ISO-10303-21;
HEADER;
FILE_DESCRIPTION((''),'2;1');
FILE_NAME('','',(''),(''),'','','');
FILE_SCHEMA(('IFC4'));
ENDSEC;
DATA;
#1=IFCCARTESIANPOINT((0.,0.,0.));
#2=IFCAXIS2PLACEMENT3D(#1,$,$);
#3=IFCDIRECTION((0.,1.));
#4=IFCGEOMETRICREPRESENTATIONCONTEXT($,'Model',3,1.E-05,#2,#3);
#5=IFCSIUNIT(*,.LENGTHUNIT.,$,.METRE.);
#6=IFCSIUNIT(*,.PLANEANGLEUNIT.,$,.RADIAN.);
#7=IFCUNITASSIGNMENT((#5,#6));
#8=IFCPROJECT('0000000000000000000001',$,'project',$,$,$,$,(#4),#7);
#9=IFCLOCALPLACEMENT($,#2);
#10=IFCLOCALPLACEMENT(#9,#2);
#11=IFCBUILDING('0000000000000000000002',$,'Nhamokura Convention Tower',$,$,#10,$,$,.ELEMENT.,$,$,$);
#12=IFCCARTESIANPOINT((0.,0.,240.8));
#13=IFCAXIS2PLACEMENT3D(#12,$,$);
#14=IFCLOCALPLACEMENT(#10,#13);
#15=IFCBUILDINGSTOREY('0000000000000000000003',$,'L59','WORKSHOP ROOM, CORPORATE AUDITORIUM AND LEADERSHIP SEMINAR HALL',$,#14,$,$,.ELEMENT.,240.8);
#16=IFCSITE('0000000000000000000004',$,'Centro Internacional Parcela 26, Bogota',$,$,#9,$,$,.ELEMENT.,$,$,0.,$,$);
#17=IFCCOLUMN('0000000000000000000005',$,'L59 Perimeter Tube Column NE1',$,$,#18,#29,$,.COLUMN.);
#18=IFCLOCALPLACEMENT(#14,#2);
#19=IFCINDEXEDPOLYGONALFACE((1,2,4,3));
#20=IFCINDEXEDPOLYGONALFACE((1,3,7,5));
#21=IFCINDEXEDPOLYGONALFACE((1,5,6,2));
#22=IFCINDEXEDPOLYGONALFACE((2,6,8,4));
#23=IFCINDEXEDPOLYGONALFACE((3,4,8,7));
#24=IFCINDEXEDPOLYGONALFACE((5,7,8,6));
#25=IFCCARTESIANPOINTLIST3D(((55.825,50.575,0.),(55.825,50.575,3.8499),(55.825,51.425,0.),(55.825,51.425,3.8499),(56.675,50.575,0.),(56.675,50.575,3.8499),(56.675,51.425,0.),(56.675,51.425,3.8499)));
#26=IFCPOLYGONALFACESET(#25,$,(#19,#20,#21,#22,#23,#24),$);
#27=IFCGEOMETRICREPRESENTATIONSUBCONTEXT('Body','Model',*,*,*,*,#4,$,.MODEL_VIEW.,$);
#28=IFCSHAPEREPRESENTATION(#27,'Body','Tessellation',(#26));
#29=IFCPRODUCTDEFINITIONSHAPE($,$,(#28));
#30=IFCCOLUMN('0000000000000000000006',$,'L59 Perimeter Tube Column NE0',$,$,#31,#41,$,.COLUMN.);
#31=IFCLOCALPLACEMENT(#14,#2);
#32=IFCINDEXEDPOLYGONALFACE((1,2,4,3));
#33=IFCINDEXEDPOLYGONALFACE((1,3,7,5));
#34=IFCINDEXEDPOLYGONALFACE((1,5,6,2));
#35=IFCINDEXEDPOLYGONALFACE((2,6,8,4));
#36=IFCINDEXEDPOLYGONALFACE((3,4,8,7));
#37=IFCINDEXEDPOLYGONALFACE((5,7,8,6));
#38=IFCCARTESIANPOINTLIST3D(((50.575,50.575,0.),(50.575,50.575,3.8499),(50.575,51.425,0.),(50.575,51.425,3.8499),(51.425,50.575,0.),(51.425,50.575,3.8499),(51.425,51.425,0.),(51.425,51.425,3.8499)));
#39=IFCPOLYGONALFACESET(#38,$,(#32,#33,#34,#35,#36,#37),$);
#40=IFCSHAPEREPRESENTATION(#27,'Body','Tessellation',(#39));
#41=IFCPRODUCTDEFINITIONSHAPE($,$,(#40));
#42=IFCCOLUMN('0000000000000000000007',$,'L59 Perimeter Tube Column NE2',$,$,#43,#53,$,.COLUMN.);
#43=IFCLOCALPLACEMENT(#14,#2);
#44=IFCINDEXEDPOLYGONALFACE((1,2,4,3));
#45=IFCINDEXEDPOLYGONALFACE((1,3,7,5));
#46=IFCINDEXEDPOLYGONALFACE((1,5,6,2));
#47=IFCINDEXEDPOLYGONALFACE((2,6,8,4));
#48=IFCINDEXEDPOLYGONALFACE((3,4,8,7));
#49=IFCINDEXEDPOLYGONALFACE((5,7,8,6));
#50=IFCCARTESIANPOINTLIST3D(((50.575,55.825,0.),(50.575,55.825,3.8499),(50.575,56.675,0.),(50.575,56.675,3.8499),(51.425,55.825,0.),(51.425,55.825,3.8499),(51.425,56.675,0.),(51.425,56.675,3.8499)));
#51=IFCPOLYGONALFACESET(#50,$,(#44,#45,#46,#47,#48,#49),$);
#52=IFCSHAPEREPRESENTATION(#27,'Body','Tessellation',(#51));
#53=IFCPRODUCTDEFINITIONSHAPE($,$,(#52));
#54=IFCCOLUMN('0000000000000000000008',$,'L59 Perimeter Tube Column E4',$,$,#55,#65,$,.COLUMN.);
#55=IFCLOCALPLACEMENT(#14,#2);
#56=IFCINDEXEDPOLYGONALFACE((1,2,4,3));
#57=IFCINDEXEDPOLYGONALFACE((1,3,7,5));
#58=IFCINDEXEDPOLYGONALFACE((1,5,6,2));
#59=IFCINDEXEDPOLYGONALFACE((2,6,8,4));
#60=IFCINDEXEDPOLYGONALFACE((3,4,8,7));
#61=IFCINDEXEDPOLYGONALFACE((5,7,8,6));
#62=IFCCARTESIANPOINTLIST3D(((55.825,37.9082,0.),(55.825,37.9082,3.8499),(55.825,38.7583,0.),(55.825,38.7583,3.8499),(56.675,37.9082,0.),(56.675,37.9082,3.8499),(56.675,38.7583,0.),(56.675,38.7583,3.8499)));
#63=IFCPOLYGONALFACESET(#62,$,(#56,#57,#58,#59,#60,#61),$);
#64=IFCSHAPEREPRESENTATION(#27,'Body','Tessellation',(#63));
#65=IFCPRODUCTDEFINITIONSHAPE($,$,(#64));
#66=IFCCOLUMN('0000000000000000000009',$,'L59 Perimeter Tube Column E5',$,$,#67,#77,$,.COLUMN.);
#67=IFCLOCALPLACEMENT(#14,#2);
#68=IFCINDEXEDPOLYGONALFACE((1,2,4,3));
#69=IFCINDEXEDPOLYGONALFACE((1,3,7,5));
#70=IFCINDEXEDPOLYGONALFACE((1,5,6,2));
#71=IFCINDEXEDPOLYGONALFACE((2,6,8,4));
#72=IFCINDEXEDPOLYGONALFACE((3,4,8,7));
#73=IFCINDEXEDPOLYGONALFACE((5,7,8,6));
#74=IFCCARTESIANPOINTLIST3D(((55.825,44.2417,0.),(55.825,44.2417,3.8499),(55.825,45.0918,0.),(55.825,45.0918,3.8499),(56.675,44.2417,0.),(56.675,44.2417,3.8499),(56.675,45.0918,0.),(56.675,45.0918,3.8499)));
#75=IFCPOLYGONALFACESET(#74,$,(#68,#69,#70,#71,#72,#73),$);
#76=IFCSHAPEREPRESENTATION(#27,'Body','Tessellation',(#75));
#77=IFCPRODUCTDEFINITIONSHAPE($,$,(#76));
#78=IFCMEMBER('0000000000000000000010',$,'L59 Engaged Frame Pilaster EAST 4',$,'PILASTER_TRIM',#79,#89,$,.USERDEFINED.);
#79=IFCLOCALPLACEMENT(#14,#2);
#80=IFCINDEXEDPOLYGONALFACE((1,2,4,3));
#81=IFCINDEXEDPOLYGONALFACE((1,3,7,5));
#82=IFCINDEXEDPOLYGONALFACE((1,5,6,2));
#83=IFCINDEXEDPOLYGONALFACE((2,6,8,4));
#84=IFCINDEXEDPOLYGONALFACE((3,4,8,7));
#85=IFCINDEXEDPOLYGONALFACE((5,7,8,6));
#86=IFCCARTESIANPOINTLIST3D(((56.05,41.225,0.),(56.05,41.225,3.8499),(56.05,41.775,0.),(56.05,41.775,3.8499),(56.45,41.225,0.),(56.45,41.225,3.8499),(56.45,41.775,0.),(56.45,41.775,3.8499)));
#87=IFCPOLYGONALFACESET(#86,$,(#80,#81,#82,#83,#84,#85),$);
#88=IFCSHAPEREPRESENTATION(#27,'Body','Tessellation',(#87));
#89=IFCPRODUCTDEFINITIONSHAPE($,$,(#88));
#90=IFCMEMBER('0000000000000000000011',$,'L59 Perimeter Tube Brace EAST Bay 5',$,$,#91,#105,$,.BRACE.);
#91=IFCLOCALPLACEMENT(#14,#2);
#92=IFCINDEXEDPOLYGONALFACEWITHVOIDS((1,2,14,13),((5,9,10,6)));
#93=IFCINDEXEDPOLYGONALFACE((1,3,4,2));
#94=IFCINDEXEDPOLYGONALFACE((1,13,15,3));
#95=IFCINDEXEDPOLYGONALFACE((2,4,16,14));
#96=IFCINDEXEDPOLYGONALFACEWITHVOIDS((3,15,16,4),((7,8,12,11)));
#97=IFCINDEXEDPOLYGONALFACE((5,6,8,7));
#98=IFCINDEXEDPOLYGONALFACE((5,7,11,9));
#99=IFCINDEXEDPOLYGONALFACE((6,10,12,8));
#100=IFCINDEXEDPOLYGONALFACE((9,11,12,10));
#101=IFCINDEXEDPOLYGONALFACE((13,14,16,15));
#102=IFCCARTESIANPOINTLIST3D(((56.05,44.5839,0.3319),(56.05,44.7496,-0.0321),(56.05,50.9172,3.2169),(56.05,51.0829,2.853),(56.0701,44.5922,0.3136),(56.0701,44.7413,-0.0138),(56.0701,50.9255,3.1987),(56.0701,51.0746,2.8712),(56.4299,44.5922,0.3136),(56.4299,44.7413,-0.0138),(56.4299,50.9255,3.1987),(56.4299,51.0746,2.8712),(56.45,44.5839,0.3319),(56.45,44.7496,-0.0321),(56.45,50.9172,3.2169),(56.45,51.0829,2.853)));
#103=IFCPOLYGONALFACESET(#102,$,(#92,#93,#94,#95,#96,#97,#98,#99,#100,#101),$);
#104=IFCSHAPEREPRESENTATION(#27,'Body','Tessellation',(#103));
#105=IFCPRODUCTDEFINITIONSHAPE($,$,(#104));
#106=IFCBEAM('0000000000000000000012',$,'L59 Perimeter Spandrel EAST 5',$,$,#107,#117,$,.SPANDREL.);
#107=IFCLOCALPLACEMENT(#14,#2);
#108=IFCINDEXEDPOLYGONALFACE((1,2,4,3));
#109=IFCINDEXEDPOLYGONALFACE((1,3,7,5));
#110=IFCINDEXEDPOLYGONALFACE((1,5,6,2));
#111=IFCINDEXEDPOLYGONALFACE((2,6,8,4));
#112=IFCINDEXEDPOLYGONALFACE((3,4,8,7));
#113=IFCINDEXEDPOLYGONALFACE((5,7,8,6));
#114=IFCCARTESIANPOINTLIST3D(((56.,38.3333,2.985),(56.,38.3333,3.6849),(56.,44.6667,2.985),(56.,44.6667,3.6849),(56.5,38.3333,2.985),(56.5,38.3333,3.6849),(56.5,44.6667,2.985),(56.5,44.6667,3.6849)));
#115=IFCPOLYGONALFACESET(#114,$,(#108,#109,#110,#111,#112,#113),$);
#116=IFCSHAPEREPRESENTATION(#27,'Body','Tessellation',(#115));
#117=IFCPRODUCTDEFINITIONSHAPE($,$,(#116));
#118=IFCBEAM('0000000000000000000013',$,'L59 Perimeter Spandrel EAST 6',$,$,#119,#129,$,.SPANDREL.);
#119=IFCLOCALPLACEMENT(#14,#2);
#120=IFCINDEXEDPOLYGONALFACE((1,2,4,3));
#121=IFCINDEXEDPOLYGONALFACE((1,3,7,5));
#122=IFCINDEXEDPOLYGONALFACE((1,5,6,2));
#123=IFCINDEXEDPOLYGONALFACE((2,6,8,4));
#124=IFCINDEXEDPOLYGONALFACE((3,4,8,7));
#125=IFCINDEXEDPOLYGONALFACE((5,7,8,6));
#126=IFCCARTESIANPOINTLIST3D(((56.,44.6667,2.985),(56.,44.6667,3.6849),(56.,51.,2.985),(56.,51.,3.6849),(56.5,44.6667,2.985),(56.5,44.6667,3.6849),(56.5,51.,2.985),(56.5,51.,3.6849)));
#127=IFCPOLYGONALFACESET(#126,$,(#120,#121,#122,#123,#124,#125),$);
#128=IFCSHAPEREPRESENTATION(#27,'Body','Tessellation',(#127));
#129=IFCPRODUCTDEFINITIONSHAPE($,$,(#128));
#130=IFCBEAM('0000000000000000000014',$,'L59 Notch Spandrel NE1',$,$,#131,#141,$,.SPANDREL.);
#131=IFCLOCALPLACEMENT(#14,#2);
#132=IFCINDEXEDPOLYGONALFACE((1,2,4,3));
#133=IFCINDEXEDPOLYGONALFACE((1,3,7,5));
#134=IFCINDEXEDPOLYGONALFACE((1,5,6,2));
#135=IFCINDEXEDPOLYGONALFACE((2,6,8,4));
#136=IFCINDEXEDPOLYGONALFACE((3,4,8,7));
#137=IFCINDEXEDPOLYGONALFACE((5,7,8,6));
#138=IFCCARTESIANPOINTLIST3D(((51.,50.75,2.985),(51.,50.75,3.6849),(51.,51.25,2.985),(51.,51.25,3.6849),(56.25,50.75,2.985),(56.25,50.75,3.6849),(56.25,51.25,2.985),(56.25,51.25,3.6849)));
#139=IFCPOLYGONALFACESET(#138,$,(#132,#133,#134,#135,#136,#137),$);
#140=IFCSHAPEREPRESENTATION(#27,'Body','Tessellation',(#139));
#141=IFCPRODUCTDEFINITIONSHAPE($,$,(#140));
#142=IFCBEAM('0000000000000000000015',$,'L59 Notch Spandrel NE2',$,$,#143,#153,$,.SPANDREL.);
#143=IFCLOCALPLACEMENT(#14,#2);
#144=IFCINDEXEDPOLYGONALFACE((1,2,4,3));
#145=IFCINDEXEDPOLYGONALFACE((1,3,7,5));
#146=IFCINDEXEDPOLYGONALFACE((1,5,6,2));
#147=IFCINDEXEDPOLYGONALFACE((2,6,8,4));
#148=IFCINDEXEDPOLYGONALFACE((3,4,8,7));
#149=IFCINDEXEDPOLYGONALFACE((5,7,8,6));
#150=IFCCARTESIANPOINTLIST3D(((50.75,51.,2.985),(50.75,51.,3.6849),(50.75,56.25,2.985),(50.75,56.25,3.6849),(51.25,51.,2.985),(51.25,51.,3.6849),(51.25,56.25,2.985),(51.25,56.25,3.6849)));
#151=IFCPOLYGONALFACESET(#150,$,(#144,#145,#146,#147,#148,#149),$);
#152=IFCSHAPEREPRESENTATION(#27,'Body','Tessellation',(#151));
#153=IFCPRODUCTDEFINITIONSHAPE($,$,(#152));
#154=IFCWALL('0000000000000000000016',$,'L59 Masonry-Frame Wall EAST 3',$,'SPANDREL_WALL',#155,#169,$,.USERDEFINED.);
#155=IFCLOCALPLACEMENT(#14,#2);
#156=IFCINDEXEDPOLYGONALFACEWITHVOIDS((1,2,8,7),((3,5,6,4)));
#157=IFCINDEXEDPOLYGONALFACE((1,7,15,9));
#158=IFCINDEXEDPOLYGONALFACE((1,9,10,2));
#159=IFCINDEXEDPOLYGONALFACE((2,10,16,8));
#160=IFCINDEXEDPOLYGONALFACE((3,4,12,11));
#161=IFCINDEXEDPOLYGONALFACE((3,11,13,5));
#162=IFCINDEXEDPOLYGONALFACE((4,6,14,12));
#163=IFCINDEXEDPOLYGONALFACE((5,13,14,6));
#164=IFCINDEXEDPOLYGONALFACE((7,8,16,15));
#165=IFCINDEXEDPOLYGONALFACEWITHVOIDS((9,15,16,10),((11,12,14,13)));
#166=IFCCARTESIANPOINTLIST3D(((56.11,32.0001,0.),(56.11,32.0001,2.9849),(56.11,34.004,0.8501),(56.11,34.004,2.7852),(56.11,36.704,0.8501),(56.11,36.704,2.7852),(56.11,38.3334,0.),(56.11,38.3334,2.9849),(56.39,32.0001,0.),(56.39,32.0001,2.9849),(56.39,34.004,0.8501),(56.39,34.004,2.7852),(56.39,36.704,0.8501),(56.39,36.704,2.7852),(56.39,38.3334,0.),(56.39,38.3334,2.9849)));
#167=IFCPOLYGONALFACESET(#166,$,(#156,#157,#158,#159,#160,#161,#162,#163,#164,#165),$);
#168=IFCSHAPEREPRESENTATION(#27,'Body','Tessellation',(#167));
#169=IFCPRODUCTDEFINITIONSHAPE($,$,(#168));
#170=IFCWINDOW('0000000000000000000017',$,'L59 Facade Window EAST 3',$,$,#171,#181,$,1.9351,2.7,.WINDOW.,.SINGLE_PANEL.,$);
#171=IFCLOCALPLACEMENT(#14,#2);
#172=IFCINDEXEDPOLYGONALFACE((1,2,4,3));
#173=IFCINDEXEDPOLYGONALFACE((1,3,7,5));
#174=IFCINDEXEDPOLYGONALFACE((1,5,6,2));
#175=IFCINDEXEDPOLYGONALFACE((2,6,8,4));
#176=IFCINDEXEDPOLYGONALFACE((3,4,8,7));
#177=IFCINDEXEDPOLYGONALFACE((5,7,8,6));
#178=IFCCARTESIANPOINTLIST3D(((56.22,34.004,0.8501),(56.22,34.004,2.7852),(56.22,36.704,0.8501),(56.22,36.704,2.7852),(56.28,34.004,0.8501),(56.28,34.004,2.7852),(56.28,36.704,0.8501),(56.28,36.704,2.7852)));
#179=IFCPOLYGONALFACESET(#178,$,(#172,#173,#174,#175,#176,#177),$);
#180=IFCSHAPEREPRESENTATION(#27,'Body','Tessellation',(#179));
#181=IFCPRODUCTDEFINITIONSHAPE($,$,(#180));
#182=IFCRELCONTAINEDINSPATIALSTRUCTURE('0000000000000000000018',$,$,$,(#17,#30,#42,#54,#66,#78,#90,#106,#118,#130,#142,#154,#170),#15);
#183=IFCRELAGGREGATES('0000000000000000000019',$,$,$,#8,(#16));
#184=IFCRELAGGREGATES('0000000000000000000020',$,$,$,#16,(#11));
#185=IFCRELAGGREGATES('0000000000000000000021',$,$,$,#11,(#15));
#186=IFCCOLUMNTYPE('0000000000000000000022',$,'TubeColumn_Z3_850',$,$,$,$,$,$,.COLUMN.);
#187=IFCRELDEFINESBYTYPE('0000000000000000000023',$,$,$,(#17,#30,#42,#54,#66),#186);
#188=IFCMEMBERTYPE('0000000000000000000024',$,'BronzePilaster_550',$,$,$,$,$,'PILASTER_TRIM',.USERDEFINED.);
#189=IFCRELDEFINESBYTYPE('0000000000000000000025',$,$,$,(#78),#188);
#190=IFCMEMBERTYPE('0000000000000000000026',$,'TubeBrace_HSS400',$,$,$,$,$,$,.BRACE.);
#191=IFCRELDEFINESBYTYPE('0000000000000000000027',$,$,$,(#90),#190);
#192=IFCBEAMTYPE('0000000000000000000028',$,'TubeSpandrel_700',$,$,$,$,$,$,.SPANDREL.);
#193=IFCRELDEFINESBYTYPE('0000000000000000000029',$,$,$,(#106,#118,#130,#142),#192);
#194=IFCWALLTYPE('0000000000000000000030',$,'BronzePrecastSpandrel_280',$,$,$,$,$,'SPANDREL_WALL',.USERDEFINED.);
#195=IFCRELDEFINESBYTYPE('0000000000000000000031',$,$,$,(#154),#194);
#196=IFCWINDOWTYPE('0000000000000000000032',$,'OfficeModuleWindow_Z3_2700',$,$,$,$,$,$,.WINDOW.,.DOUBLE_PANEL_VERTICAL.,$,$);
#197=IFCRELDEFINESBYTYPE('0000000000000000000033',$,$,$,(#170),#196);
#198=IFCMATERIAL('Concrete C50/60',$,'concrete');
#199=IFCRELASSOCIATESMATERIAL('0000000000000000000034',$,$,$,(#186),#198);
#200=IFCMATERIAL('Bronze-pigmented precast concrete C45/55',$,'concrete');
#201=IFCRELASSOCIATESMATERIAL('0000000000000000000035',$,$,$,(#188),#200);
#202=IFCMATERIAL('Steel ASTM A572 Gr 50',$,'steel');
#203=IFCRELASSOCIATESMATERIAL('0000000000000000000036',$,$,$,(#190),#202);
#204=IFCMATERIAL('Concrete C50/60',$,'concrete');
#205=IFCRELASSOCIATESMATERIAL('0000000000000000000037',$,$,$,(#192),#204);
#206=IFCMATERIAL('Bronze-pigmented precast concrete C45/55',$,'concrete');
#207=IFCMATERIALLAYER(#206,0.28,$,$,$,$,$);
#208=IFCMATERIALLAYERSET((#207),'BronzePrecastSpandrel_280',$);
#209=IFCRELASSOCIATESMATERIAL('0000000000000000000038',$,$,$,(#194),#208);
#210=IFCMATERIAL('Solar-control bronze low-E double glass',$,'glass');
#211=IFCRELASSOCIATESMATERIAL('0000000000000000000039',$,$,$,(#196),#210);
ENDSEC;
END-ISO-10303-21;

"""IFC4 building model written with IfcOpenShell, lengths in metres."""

from ifc_helpers import new_model, si_unit, direction, frame, frame_2d, origin, origin_2d, place, context, subcontext, project, spatial, rectangle, hollow_rectangle, extrude, material, layer, layer_set, material_profile, profile_set, type_object, element, fill, save


model = new_model("IFC4")

# Units and contexts
model_context = context("Model", 3, precision=1e-05, world=origin(), true_north=direction((0.0, 1.0)))
body_context = subcontext(model_context, "Body", "Model", "MODEL_VIEW")
ifc_project = project(units=[si_unit("LENGTHUNIT", "METRE"), si_unit("PLANEANGLEUNIT", "RADIAN")], contexts=[model_context])

# Site, building, storey
site_placement = place(None, origin())
site = spatial("IfcSite", under=ifc_project, at=site_placement, Name="Centro Internacional Parcela 26, Bogota", CompositionType="ELEMENT", RefElevation=0.0)
building_placement = place(site_placement, origin())
building = spatial("IfcBuilding", under=site, at=building_placement, Name="Nhamokura Convention Tower", CompositionType="ELEMENT")
storey_placement = place(building_placement, frame((0.0, 0.0, 240.8)))
storey = spatial("IfcBuildingStorey", under=building, at=storey_placement, Name="L59", Description="WORKSHOP ROOM, CORPORATE AUDITORIUM AND LEADERSHIP SEMINAR HALL", CompositionType="ELEMENT", Elevation=240.8)

# Columns
ifc_material_1 = material(Name="Concrete C50/60", Category="concrete")
ifc_material_profile_1 = material_profile(ifc_material_1, rectangle(XDim=0.8501, YDim=0.8501, at=origin_2d()))
ifc_profile_set_1 = profile_set([ifc_material_profile_1], Name="Concrete C50/60")
column_type = type_object("IfcColumnType", Name="TubeColumn_Z3_850", PredefinedType="COLUMN", material=ifc_profile_set_1)
for number, where, z_axis, x_axis, name in (
    (1, (56.25, 51.0, 0.0), (0.0, 0.0, 1.0), (1.0, 0.0, 0.0), "L59 Perimeter Tube Column NE1"),
    (2, (51.0, 51.0, 0.0), (0.0, 0.0, 1.0), (1.0, 0.0, 0.0), "L59 Perimeter Tube Column NE0"),
    (3, (51.0, 56.25, 0.0), (0.0, 0.0, 1.0), (1.0, 0.0, 0.0), "L59 Perimeter Tube Column NE2"),
    (4, (56.25, 38.3333, 0.0), (0.0, 0.0, 1.0), (1.0, 0.0, 0.0), "L59 Perimeter Tube Column E4"),
    (5, (56.25, 44.6667, 0.0), (0.0, 0.0, 1.0), (1.0, 0.0, 0.0), "L59 Perimeter Tube Column E5"),
):
    element("IfcColumn", number, at=place(storey_placement, frame(where, z_axis=z_axis, x_axis=x_axis)), inside=storey, type_object=column_type, Name=name, PredefinedType="COLUMN", context=body_context, shape_type="SweptSolid", body=[
        extrude(rectangle(XDim=0.8501, YDim=0.8501, at=origin_2d()), origin(), (0.0, 0.0, 1.0), 3.8499),
    ])

# Members
ifc_material_2 = material(Name="Bronze-pigmented precast concrete C45/55", Category="concrete")
ifc_material_profile_2 = material_profile(ifc_material_2, rectangle(XDim=0.3999, YDim=0.55, at=origin_2d()))
ifc_profile_set_2 = profile_set([ifc_material_profile_2], Name="Bronze-pigmented precast concrete C45/55")
member_type_1 = type_object("IfcMemberType", Name="BronzePilaster_550", ElementType="PILASTER_TRIM", PredefinedType="USERDEFINED", material=ifc_profile_set_2)
member_1_placement = place(storey_placement, frame((56.25, 41.5, 0.0), z_axis=(0.0, 0.0, 1.0), x_axis=(1.0, 0.0, 0.0)))
element("IfcMember", 6, at=member_1_placement, inside=storey, type_object=member_type_1, Name="L59 Engaged Frame Pilaster EAST 4", ObjectType="PILASTER_TRIM", PredefinedType="USERDEFINED", context=body_context, shape_type="SweptSolid", body=[
    extrude(rectangle(XDim=0.3999, YDim=0.55, at=origin_2d()), origin(), (0.0, 0.0, 1.0), 3.8499),
])
ifc_material_3 = material(Name="Steel ASTM A572 Gr 50", Category="steel")
ifc_material_profile_3 = material_profile(ifc_material_3, hollow_rectangle(XDim=0.3999, YDim=0.3999, WallThickness=0.02, at=origin_2d()))
ifc_profile_set_3 = profile_set([ifc_material_profile_3], Name="Steel ASTM A572 Gr 50")
member_type_2 = type_object("IfcMemberType", Name="TubeBrace_HSS400", PredefinedType="BRACE", material=ifc_profile_set_3)
member_2_placement = place(storey_placement, frame((56.25, 44.6667, 0.1499), z_axis=(0.0, 0.910027, 0.414548), x_axis=(-1.0, 0.0, 0.0)))
element("IfcMember", 7, at=member_2_placement, inside=storey, type_object=member_type_2, Name="L59 Perimeter Tube Brace EAST Bay 5", PredefinedType="BRACE", context=body_context, shape_type="SweptSolid", body=[
    extrude(hollow_rectangle(XDim=0.3999, YDim=0.3999, WallThickness=0.02, at=origin_2d()), origin(), (0.0, 0.0, 1.0), 6.9595),
])

# Beams
ifc_material_4 = material(Name="Concrete C50/60", Category="concrete")
ifc_material_profile_4 = material_profile(ifc_material_4, rectangle(XDim=0.5, YDim=0.7, at=origin_2d()))
ifc_profile_set_4 = profile_set([ifc_material_profile_4], Name="Concrete C50/60")
beam_type = type_object("IfcBeamType", Name="TubeSpandrel_700", PredefinedType="SPANDREL", material=ifc_profile_set_4)
beam_1_placement = place(storey_placement, frame((56.25, 38.3333, 3.335), z_axis=(0.0, 1.0, 0.0), x_axis=(-1.0, 0.0, 0.0)))
element("IfcBeam", 8, at=beam_1_placement, inside=storey, type_object=beam_type, Name="L59 Perimeter Spandrel EAST 5", PredefinedType="SPANDREL", context=body_context, shape_type="SweptSolid", body=[
    extrude(rectangle(XDim=0.5, YDim=0.7, at=origin_2d()), origin(), (0.0, 0.0, 1.0), 6.3335),
])
beam_2_placement = place(storey_placement, frame((56.25, 44.6667, 3.335), z_axis=(0.0, 1.0, 0.0), x_axis=(-1.0, 0.0, 0.0)))
element("IfcBeam", 9, at=beam_2_placement, inside=storey, type_object=beam_type, Name="L59 Perimeter Spandrel EAST 6", PredefinedType="SPANDREL", context=body_context, shape_type="SweptSolid", body=[
    extrude(rectangle(XDim=0.5, YDim=0.7, at=origin_2d()), origin(), (0.0, 0.0, 1.0), 6.3333),
])
for number, where, z_axis, x_axis, name in (
    (10, (56.25, 51.0, 3.335), (-1.0, 0.0, 0.0), (0.0, -1.0, 0.0), "L59 Notch Spandrel NE1"),
    (11, (51.0, 51.0, 3.335), (0.0, 1.0, 0.0), (-1.0, 0.0, 0.0), "L59 Notch Spandrel NE2"),
):
    element("IfcBeam", number, at=place(storey_placement, frame(where, z_axis=z_axis, x_axis=x_axis)), inside=storey, type_object=beam_type, Name=name, PredefinedType="SPANDREL", context=body_context, shape_type="SweptSolid", body=[
        extrude(rectangle(XDim=0.5, YDim=0.7, at=origin_2d()), origin(), (0.0, 0.0, 1.0), 5.25),
    ])

# Wall, opening, window
ifc_material_5 = material(Name="Bronze-pigmented precast concrete C45/55", Category="concrete")
ifc_layer = layer(ifc_material_5, 0.28)
ifc_layer_set = layer_set([ifc_layer], Name="BronzePrecastSpandrel_280")
wall_type = type_object("IfcWallType", Name="BronzePrecastSpandrel_280", ElementType="SPANDREL_WALL", PredefinedType="USERDEFINED", material=ifc_layer_set)
wall_1_placement = place(storey_placement, frame((56.25, 38.3333, 0.0), z_axis=(0.0, 0.0, 1.0), x_axis=(0.0, -1.0, 0.0)))
wall_1 = element("IfcWall", 12, at=wall_1_placement, inside=storey, type_object=wall_type, Name="L59 Masonry-Frame Wall EAST 3", ObjectType="SPANDREL_WALL", PredefinedType="USERDEFINED", context=body_context, shape_type="SweptSolid", body=[
    extrude(rectangle(XDim=6.3333, YDim=0.28, at=frame_2d((3.1665, 0.0))), origin(), (0.0, 0.0, 1.0), 2.9849),
])
opening_1_placement = place(wall_1_placement, frame((1.6292, 0.0, 0.8501)))
opening_1 = element("IfcOpeningElement", 13, at=opening_1_placement, cuts=wall_1, PredefinedType="OPENING", context=body_context, shape_type="SweptSolid", body=[
    extrude(rectangle(XDim=2.7, YDim=1.9351, at=frame_2d((1.3501, 0.9675))), frame((0.0, 0.1499, 0.0), z_axis=(0.0, -1.0, 0.0), x_axis=(1.0, 0.0, 0.0)), (0.0, 0.0, 1.0), 0.3),
])
ifc_material_6 = material(Name="Solar-control bronze low-E double glass", Category="glass")
window_type_1 = type_object("IfcWindowType", Name="OfficeModuleWindow_Z3_2700", PartitioningType="DOUBLE_PANEL_VERTICAL", PredefinedType="WINDOW", material=ifc_material_6)
window_1_placement = place(opening_1_placement, origin())
window_1 = element("IfcWindow", 14, at=window_1_placement, inside=storey, type_object=window_type_1, Name="L59 Facade Window EAST 3", OverallHeight=1.9351, OverallWidth=2.7, PartitioningType="SINGLE_PANEL", PredefinedType="WINDOW", context=body_context, shape_type="SweptSolid", body=[
    extrude(rectangle(XDim=2.7, YDim=1.9351, at=frame_2d((1.3501, 0.9675))), frame((0.0, 0.03, 0.0), z_axis=(0.0, -1.0, 0.0), x_axis=(1.0, 0.0, 0.0)), (0.0, 0.0, 1.0), 0.0601),
])
fill(opening_1, window_1)

save(model, "model.ifc")
